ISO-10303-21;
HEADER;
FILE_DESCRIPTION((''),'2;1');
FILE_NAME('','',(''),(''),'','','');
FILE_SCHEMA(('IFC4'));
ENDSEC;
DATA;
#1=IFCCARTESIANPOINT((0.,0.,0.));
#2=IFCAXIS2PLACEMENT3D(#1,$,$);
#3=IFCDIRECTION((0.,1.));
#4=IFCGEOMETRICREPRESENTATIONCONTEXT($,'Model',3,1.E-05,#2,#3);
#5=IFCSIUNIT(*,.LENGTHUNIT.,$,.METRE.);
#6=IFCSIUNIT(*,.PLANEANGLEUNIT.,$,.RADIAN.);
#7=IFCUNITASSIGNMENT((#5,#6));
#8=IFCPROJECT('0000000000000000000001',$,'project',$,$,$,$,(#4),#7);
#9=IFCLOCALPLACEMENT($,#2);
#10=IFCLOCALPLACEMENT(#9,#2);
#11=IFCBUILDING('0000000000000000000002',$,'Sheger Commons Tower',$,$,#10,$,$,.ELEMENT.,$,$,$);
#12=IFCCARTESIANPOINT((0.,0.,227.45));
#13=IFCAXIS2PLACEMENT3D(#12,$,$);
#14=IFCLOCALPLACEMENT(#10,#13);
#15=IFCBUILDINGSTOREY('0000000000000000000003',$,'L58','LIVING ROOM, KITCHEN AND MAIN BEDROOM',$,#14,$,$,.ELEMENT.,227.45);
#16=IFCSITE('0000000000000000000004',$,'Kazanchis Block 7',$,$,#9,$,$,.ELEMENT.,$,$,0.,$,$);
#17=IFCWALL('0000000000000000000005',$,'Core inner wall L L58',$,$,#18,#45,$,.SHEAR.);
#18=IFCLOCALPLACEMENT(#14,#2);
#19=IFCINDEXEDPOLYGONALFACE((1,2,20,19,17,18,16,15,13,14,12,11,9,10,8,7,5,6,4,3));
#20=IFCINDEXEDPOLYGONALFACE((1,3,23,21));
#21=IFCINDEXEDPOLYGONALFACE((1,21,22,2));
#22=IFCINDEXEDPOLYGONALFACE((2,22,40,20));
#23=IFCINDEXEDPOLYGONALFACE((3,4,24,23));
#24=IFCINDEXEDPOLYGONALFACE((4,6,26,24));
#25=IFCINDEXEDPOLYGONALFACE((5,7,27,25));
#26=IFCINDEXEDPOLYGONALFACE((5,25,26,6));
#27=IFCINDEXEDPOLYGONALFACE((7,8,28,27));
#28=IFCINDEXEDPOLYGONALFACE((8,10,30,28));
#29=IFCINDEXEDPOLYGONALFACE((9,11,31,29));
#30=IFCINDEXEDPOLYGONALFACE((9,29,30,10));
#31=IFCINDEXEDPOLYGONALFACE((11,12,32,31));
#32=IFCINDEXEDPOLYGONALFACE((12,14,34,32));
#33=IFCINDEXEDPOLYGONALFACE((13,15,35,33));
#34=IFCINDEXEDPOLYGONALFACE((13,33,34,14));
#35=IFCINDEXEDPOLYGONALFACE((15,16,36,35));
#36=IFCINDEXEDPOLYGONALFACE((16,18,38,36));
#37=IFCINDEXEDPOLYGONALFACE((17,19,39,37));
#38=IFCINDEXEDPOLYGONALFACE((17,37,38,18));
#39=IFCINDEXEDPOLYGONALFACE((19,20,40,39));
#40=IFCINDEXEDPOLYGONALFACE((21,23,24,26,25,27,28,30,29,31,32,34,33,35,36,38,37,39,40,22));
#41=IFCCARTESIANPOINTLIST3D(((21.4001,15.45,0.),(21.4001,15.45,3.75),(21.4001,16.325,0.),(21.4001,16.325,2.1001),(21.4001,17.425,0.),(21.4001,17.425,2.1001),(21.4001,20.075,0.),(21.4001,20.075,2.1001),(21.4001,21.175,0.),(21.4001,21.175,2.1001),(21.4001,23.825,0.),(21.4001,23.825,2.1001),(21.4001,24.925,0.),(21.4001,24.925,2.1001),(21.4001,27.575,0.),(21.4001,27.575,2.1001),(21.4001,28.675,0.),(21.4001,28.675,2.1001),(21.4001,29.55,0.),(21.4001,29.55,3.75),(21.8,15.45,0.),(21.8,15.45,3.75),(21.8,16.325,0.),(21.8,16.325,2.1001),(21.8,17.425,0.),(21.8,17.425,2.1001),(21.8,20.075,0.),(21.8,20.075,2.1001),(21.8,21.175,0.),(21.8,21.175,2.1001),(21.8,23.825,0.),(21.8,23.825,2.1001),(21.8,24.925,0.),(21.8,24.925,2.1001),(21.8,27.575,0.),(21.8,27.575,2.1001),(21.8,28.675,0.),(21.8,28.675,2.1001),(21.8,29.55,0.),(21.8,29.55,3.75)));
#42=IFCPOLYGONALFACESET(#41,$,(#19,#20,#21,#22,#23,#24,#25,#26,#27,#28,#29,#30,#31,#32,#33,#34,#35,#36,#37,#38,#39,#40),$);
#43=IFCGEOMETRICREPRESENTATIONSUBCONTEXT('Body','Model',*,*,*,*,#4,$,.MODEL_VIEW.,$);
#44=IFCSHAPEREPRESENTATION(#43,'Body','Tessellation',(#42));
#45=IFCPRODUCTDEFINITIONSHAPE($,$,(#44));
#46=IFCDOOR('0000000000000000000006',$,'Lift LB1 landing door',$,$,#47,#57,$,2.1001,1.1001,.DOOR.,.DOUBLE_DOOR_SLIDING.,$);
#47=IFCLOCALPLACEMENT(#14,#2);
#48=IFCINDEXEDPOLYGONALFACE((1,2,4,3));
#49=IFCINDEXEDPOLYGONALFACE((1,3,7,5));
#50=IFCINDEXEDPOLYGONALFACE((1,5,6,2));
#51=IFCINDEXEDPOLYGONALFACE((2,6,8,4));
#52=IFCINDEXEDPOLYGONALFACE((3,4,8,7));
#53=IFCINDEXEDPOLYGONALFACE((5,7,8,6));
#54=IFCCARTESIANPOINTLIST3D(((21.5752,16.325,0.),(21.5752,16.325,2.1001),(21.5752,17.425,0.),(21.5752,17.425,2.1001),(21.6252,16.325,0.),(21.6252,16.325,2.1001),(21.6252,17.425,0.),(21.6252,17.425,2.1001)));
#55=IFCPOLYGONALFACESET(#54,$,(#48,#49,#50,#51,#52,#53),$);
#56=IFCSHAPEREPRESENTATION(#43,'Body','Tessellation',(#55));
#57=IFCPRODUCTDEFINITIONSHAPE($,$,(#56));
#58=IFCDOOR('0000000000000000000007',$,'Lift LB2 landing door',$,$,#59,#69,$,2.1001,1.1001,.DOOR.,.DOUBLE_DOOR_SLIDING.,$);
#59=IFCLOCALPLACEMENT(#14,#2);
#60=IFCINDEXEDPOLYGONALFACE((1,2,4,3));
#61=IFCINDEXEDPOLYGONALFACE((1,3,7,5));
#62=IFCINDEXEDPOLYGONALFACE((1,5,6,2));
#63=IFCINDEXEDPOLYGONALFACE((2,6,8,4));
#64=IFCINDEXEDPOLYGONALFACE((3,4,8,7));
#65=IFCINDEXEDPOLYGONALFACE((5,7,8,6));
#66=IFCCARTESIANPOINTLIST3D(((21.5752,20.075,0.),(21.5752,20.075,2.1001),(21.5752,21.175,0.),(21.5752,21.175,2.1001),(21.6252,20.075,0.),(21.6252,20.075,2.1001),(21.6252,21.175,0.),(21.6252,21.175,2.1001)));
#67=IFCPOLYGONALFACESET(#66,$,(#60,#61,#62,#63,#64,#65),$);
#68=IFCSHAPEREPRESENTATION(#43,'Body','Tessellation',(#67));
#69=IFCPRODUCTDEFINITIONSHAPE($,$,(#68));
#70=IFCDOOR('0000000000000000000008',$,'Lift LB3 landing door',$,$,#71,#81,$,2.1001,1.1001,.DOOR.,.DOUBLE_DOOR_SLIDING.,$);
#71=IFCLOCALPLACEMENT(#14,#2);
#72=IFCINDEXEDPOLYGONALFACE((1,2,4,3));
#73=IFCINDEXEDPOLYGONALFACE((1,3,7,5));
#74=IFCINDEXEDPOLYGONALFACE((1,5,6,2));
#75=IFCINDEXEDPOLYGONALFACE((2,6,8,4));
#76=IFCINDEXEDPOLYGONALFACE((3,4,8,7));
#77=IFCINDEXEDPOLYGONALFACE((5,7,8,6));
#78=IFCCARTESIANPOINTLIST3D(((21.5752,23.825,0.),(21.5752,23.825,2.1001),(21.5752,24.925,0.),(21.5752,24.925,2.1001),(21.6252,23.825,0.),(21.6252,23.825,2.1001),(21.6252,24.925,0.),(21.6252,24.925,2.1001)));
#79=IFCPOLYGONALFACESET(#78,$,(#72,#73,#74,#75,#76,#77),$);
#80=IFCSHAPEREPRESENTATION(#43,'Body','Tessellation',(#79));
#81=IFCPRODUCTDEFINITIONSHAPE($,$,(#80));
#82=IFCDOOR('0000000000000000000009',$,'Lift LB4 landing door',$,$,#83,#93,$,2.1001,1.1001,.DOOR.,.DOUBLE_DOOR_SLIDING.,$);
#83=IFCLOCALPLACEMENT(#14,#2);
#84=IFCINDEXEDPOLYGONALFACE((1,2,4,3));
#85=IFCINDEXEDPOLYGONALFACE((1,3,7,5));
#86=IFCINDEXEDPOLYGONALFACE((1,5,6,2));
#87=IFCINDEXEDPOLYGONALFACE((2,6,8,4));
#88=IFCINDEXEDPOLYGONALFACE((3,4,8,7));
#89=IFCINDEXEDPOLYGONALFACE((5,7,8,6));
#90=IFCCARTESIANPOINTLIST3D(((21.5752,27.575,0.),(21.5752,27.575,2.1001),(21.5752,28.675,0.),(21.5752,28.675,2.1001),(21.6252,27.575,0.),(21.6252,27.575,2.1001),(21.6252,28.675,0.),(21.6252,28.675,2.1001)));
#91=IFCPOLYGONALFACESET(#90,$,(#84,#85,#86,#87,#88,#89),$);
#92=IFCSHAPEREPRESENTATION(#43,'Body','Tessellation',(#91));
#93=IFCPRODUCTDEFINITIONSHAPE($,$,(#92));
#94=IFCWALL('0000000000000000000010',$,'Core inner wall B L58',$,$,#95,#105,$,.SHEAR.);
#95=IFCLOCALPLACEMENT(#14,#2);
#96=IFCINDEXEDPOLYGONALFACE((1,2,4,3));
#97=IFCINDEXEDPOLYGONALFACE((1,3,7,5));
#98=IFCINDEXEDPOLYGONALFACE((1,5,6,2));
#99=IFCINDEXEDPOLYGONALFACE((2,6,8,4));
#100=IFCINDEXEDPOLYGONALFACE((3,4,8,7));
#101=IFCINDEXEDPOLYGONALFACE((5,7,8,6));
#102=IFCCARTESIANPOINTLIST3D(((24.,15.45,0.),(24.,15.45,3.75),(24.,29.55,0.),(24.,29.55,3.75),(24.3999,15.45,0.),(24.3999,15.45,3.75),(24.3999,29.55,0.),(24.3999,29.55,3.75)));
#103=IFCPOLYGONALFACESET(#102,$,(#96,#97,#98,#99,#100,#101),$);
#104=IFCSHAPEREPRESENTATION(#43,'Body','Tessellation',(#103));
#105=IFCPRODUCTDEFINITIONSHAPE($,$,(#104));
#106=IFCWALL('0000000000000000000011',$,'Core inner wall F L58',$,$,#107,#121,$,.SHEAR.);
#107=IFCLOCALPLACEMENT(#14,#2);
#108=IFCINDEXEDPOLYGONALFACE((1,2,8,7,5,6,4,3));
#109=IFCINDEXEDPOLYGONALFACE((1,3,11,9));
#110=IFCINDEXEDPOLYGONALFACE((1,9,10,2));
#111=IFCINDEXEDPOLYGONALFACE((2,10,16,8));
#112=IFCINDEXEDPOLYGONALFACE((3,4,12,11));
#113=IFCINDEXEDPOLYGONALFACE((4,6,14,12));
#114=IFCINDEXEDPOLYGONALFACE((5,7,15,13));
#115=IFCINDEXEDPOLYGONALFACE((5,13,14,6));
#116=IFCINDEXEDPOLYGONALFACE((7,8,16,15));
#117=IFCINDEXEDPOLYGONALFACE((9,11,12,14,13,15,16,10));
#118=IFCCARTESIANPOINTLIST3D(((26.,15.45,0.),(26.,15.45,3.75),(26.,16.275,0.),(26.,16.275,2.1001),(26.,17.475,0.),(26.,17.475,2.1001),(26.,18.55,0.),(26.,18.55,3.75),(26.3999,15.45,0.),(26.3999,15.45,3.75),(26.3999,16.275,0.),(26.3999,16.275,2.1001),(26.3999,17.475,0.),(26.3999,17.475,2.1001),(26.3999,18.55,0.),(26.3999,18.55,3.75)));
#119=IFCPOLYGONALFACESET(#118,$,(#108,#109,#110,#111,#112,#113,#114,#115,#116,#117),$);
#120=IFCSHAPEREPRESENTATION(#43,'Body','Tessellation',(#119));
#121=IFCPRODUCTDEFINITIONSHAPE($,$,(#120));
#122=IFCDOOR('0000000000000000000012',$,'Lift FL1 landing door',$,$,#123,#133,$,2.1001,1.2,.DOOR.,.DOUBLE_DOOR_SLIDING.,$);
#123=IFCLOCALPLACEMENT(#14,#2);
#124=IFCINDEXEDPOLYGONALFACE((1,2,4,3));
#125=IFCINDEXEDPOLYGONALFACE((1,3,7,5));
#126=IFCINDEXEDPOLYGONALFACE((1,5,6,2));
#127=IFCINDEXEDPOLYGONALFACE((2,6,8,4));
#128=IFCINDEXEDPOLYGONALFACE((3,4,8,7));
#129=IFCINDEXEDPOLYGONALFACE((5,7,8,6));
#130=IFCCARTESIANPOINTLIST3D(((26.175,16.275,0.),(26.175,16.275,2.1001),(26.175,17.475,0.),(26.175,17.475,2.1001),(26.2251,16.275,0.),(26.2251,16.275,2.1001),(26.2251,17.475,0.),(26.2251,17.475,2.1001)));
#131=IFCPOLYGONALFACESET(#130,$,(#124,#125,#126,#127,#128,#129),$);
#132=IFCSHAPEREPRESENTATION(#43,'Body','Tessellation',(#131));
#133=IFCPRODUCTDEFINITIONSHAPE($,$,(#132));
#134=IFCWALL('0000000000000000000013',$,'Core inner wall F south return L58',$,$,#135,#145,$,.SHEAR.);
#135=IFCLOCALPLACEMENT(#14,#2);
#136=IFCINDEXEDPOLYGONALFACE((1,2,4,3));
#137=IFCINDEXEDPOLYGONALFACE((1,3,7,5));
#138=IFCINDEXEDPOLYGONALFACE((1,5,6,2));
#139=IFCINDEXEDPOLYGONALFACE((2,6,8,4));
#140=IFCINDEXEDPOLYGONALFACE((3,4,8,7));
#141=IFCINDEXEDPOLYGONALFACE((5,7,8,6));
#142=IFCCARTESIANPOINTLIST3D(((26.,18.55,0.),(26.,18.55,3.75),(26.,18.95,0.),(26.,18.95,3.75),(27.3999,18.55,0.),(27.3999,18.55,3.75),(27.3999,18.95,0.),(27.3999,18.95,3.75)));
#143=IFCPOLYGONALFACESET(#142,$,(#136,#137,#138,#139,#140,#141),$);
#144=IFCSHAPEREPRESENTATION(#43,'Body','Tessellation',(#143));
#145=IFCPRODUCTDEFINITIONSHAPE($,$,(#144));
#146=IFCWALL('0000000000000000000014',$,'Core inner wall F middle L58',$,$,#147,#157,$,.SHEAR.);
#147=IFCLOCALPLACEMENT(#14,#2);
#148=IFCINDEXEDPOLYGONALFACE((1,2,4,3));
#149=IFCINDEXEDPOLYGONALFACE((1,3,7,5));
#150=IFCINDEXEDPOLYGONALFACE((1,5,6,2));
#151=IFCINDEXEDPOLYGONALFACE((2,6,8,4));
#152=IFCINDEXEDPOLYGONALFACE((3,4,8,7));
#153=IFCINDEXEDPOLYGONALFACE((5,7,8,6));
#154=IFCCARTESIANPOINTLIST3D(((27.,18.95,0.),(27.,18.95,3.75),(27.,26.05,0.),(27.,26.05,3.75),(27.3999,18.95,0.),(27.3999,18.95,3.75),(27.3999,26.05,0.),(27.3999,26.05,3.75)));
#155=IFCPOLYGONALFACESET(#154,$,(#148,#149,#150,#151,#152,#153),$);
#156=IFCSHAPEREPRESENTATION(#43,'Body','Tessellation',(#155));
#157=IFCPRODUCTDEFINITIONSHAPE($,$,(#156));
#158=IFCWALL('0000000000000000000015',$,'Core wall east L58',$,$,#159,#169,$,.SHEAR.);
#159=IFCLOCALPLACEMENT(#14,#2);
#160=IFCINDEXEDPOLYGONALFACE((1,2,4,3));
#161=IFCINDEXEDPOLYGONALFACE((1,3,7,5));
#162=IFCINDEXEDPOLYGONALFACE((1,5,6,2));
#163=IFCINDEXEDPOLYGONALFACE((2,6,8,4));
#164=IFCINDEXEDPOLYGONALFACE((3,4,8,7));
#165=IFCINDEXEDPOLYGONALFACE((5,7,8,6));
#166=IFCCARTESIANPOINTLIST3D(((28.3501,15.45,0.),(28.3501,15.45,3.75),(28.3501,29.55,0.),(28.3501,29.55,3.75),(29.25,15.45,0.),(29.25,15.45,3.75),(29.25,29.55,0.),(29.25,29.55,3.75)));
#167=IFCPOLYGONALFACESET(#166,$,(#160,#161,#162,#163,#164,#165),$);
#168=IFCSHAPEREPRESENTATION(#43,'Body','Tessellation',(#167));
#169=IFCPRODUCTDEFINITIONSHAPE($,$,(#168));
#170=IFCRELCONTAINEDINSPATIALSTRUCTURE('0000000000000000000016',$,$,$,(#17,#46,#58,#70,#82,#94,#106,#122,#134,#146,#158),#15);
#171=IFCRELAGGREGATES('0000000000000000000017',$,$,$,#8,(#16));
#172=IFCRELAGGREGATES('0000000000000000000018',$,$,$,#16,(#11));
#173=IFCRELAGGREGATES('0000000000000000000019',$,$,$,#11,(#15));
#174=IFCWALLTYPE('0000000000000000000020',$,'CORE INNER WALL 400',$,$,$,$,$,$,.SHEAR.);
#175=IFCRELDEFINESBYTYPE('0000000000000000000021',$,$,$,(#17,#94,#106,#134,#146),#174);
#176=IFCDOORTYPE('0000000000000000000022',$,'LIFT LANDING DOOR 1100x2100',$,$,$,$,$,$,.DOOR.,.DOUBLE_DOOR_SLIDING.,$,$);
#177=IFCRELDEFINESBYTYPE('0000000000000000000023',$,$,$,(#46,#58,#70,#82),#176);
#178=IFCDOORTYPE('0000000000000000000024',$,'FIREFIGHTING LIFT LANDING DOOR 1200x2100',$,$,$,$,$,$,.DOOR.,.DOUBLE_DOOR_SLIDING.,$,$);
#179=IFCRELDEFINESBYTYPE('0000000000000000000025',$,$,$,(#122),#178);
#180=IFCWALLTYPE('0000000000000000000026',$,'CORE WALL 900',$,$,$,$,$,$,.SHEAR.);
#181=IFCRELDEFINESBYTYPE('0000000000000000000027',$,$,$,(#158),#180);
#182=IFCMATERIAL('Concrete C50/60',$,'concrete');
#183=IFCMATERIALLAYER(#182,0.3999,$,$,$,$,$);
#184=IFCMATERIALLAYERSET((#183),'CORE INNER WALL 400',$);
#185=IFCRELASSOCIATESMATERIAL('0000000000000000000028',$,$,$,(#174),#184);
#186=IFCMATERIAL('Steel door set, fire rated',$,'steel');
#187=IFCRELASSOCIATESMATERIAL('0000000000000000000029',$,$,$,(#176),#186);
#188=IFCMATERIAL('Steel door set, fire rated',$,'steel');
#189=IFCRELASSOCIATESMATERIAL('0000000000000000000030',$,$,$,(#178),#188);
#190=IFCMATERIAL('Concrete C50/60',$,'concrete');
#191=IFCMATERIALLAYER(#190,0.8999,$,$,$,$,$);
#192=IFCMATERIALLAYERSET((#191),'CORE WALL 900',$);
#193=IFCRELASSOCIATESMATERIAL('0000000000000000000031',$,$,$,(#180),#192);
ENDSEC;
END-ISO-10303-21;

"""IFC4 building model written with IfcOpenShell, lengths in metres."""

from ifc_helpers import new_model, si_unit, direction, frame, frame_2d, origin, place, context, subcontext, project, spatial, rectangle, extrude, material, layer, layer_set, type_object, element, fill, save


model = new_model("IFC4")

# Units and contexts
model_context = context("Model", 3, precision=1e-05, world=origin(), true_north=direction((0.0, 1.0)))
body_context = subcontext(model_context, "Body", "Model", "MODEL_VIEW")
ifc_project = project(units=[si_unit("LENGTHUNIT", "METRE"), si_unit("PLANEANGLEUNIT", "RADIAN")], contexts=[model_context])

# Site, building, storey
site_placement = place(None, origin())
site = spatial("IfcSite", under=ifc_project, at=site_placement, Name="Kazanchis Block 7", CompositionType="ELEMENT", RefElevation=0.0)
building_placement = place(site_placement, origin())
building = spatial("IfcBuilding", under=site, at=building_placement, Name="Sheger Commons Tower", CompositionType="ELEMENT")
storey_placement = place(building_placement, frame((0.0, 0.0, 227.45)))
storey = spatial("IfcBuildingStorey", under=building, at=storey_placement, Name="L58", Description="LIVING ROOM, KITCHEN AND MAIN BEDROOM", CompositionType="ELEMENT", Elevation=227.45)

# Wall, openings, doors
ifc_material_1 = material(Name="Concrete C50/60", Category="concrete")
ifc_layer_1 = layer(ifc_material_1, 0.3999)
ifc_layer_set_1 = layer_set([ifc_layer_1], Name="CORE INNER WALL 400")
wall_type_1 = type_object("IfcWallType", Name="CORE INNER WALL 400", PredefinedType="SHEAR", material=ifc_layer_set_1)
wall_1_placement = place(storey_placement, frame((21.6001, 15.45, 0.0), z_axis=(0.0, 0.0, 1.0), x_axis=(0.0, 1.0, 0.0)))
wall_1 = element("IfcWall", 1, at=wall_1_placement, inside=storey, type_object=wall_type_1, Name="Core inner wall L L58", PredefinedType="SHEAR", context=body_context, shape_type="SweptSolid", body=[
    extrude(rectangle(XDim=14.1001, YDim=0.3999, at=frame_2d((7.05, 0.0))), origin(), (0.0, 0.0, 1.0), 3.75),
])
opening_1_placement = place(wall_1_placement, frame((0.875, 0.0, 0.0)))
opening_1 = element("IfcOpeningElement", 2, at=opening_1_placement, cuts=wall_1, PredefinedType="OPENING", context=body_context, shape_type="SweptSolid", body=[
    extrude(rectangle(XDim=1.1001, YDim=2.1001, at=frame_2d((0.55, 1.05))), frame((0.0, 0.21, 0.0), z_axis=(0.0, -1.0, 0.0), x_axis=(1.0, 0.0, 0.0)), (0.0, 0.0, 1.0), 0.4199),
])
opening_2_placement = place(wall_1_placement, frame((4.625, 0.0, 0.0)))
opening_2 = element("IfcOpeningElement", 3, at=opening_2_placement, cuts=wall_1, PredefinedType="OPENING", context=body_context, shape_type="SweptSolid", body=[
    extrude(rectangle(XDim=1.1001, YDim=2.1001, at=frame_2d((0.55, 1.05))), frame((0.0, 0.21, 0.0), z_axis=(0.0, -1.0, 0.0), x_axis=(1.0, 0.0, 0.0)), (0.0, 0.0, 1.0), 0.4199),
])
opening_3_placement = place(wall_1_placement, frame((8.375, 0.0, 0.0)))
opening_3 = element("IfcOpeningElement", 4, at=opening_3_placement, cuts=wall_1, PredefinedType="OPENING", context=body_context, shape_type="SweptSolid", body=[
    extrude(rectangle(XDim=1.1001, YDim=2.1001, at=frame_2d((0.55, 1.05))), frame((0.0, 0.21, 0.0), z_axis=(0.0, -1.0, 0.0), x_axis=(1.0, 0.0, 0.0)), (0.0, 0.0, 1.0), 0.4199),
])
opening_4_placement = place(wall_1_placement, frame((12.125, 0.0, 0.0)))
opening_4 = element("IfcOpeningElement", 5, at=opening_4_placement, cuts=wall_1, PredefinedType="OPENING", context=body_context, shape_type="SweptSolid", body=[
    extrude(rectangle(XDim=1.1001, YDim=2.1001, at=frame_2d((0.55, 1.05))), frame((0.0, 0.21, 0.0), z_axis=(0.0, -1.0, 0.0), x_axis=(1.0, 0.0, 0.0)), (0.0, 0.0, 1.0), 0.4199),
])
ifc_material_2 = material(Name="Steel door set, fire rated", Category="steel")
door_type_1 = type_object("IfcDoorType", Name="LIFT LANDING DOOR 1100x2100", OperationType="DOUBLE_DOOR_SLIDING", PredefinedType="DOOR", material=ifc_material_2)
door_1_placement = place(opening_1_placement, origin())
door_1 = element("IfcDoor", 6, at=door_1_placement, inside=storey, type_object=door_type_1, Name="Lift LB1 landing door", OperationType="DOUBLE_DOOR_SLIDING", OverallHeight=2.1001, OverallWidth=1.1001, PredefinedType="DOOR", context=body_context, shape_type="SweptSolid", body=[
    extrude(rectangle(XDim=1.1001, YDim=2.1001, at=frame_2d((0.55, 1.05))), frame((0.0, 0.0249, 0.0), z_axis=(0.0, -1.0, 0.0), x_axis=(1.0, 0.0, 0.0)), (0.0, 0.0, 1.0), 0.05),
])
fill(opening_1, door_1)
door_2_placement = place(opening_2_placement, origin())
door_2 = element("IfcDoor", 7, at=door_2_placement, inside=storey, type_object=door_type_1, Name="Lift LB2 landing door", OperationType="DOUBLE_DOOR_SLIDING", OverallHeight=2.1001, OverallWidth=1.1001, PredefinedType="DOOR", context=body_context, shape_type="SweptSolid", body=[
    extrude(rectangle(XDim=1.1001, YDim=2.1001, at=frame_2d((0.55, 1.05))), frame((0.0, 0.0249, 0.0), z_axis=(0.0, -1.0, 0.0), x_axis=(1.0, 0.0, 0.0)), (0.0, 0.0, 1.0), 0.05),
])
fill(opening_2, door_2)
door_3_placement = place(opening_3_placement, origin())
door_3 = element("IfcDoor", 8, at=door_3_placement, inside=storey, type_object=door_type_1, Name="Lift LB3 landing door", OperationType="DOUBLE_DOOR_SLIDING", OverallHeight=2.1001, OverallWidth=1.1001, PredefinedType="DOOR", context=body_context, shape_type="SweptSolid", body=[
    extrude(rectangle(XDim=1.1001, YDim=2.1001, at=frame_2d((0.55, 1.05))), frame((0.0, 0.0249, 0.0), z_axis=(0.0, -1.0, 0.0), x_axis=(1.0, 0.0, 0.0)), (0.0, 0.0, 1.0), 0.05),
])
fill(opening_3, door_3)
door_4_placement = place(opening_4_placement, origin())
door_4 = element("IfcDoor", 9, at=door_4_placement, inside=storey, type_object=door_type_1, Name="Lift LB4 landing door", OperationType="DOUBLE_DOOR_SLIDING", OverallHeight=2.1001, OverallWidth=1.1001, PredefinedType="DOOR", context=body_context, shape_type="SweptSolid", body=[
    extrude(rectangle(XDim=1.1001, YDim=2.1001, at=frame_2d((0.55, 1.05))), frame((0.0, 0.0249, 0.0), z_axis=(0.0, -1.0, 0.0), x_axis=(1.0, 0.0, 0.0)), (0.0, 0.0, 1.0), 0.05),
])
fill(opening_4, door_4)

# Wall
wall_2_placement = place(storey_placement, frame((24.2, 15.45, 0.0), z_axis=(0.0, 0.0, 1.0), x_axis=(0.0, 1.0, 0.0)))
element("IfcWall", 10, at=wall_2_placement, inside=storey, type_object=wall_type_1, Name="Core inner wall B L58", PredefinedType="SHEAR", context=body_context, shape_type="SweptSolid", body=[
    extrude(rectangle(XDim=14.1001, YDim=0.3999, at=frame_2d((7.05, 0.0))), origin(), (0.0, 0.0, 1.0), 3.75),
])

# Wall, opening, door
wall_3_placement = place(storey_placement, frame((26.2, 15.45, 0.0), z_axis=(0.0, 0.0, 1.0), x_axis=(0.0, 1.0, 0.0)))
wall_3 = element("IfcWall", 11, at=wall_3_placement, inside=storey, type_object=wall_type_1, Name="Core inner wall F L58", PredefinedType="SHEAR", context=body_context, shape_type="SweptSolid", body=[
    extrude(rectangle(XDim=3.1001, YDim=0.3999, at=frame_2d((1.55, 0.0))), origin(), (0.0, 0.0, 1.0), 3.75),
])
opening_5_placement = place(wall_3_placement, frame((0.825, 0.0, 0.0)))
opening_5 = element("IfcOpeningElement", 12, at=opening_5_placement, cuts=wall_3, PredefinedType="OPENING", context=body_context, shape_type="SweptSolid", body=[
    extrude(rectangle(XDim=1.2, YDim=2.1001, at=frame_2d((0.6001, 1.05))), frame((0.0, 0.21, 0.0), z_axis=(0.0, -1.0, 0.0), x_axis=(1.0, 0.0, 0.0)), (0.0, 0.0, 1.0), 0.4199),
])
ifc_material_3 = material(Name="Steel door set, fire rated", Category="steel")
door_type_2 = type_object("IfcDoorType", Name="FIREFIGHTING LIFT LANDING DOOR 1200x2100", OperationType="DOUBLE_DOOR_SLIDING", PredefinedType="DOOR", material=ifc_material_3)
door_5_placement = place(opening_5_placement, origin())
door_5 = element("IfcDoor", 13, at=door_5_placement, inside=storey, type_object=door_type_2, Name="Lift FL1 landing door", OperationType="DOUBLE_DOOR_SLIDING", OverallHeight=2.1001, OverallWidth=1.2, PredefinedType="DOOR", context=body_context, shape_type="SweptSolid", body=[
    extrude(rectangle(XDim=1.2, YDim=2.1001, at=frame_2d((0.6001, 1.05))), frame((0.0, 0.0249, 0.0), z_axis=(0.0, -1.0, 0.0), x_axis=(1.0, 0.0, 0.0)), (0.0, 0.0, 1.0), 0.05),
])
fill(opening_5, door_5)

# Walls
wall_4_placement = place(storey_placement, frame((26.0, 18.75, 0.0), z_axis=(0.0, 0.0, 1.0), x_axis=(1.0, 0.0, 0.0)))
element("IfcWall", 14, at=wall_4_placement, inside=storey, type_object=wall_type_1, Name="Core inner wall F south return L58", PredefinedType="SHEAR", context=body_context, shape_type="SweptSolid", body=[
    extrude(rectangle(XDim=1.3999, YDim=0.3999, at=frame_2d((0.7, 0.0))), origin(), (0.0, 0.0, 1.0), 3.75),
])
wall_5_placement = place(storey_placement, frame((27.2, 18.95, 0.0), z_axis=(0.0, 0.0, 1.0), x_axis=(0.0, 1.0, 0.0)))
element("IfcWall", 15, at=wall_5_placement, inside=storey, type_object=wall_type_1, Name="Core inner wall F middle L58", PredefinedType="SHEAR", context=body_context, shape_type="SweptSolid", body=[
    extrude(rectangle(XDim=7.1001, YDim=0.3999, at=frame_2d((3.55, 0.0))), origin(), (0.0, 0.0, 1.0), 3.75),
])
ifc_material_4 = material(Name="Concrete C50/60", Category="concrete")
ifc_layer_2 = layer(ifc_material_4, 0.8999)
ifc_layer_set_2 = layer_set([ifc_layer_2], Name="CORE WALL 900")
wall_type_2 = type_object("IfcWallType", Name="CORE WALL 900", PredefinedType="SHEAR", material=ifc_layer_set_2)
wall_6_placement = place(storey_placement, frame((28.8, 15.45, 0.0), z_axis=(0.0, 0.0, 1.0), x_axis=(0.0, 1.0, 0.0)))
element("IfcWall", 16, at=wall_6_placement, inside=storey, type_object=wall_type_2, Name="Core wall east L58", PredefinedType="SHEAR", context=body_context, shape_type="SweptSolid", body=[
    extrude(rectangle(XDim=14.1001, YDim=0.8999, at=frame_2d((7.05, 0.0))), origin(), (0.0, 0.0, 1.0), 3.75),
])

save(model, "model.ifc")
